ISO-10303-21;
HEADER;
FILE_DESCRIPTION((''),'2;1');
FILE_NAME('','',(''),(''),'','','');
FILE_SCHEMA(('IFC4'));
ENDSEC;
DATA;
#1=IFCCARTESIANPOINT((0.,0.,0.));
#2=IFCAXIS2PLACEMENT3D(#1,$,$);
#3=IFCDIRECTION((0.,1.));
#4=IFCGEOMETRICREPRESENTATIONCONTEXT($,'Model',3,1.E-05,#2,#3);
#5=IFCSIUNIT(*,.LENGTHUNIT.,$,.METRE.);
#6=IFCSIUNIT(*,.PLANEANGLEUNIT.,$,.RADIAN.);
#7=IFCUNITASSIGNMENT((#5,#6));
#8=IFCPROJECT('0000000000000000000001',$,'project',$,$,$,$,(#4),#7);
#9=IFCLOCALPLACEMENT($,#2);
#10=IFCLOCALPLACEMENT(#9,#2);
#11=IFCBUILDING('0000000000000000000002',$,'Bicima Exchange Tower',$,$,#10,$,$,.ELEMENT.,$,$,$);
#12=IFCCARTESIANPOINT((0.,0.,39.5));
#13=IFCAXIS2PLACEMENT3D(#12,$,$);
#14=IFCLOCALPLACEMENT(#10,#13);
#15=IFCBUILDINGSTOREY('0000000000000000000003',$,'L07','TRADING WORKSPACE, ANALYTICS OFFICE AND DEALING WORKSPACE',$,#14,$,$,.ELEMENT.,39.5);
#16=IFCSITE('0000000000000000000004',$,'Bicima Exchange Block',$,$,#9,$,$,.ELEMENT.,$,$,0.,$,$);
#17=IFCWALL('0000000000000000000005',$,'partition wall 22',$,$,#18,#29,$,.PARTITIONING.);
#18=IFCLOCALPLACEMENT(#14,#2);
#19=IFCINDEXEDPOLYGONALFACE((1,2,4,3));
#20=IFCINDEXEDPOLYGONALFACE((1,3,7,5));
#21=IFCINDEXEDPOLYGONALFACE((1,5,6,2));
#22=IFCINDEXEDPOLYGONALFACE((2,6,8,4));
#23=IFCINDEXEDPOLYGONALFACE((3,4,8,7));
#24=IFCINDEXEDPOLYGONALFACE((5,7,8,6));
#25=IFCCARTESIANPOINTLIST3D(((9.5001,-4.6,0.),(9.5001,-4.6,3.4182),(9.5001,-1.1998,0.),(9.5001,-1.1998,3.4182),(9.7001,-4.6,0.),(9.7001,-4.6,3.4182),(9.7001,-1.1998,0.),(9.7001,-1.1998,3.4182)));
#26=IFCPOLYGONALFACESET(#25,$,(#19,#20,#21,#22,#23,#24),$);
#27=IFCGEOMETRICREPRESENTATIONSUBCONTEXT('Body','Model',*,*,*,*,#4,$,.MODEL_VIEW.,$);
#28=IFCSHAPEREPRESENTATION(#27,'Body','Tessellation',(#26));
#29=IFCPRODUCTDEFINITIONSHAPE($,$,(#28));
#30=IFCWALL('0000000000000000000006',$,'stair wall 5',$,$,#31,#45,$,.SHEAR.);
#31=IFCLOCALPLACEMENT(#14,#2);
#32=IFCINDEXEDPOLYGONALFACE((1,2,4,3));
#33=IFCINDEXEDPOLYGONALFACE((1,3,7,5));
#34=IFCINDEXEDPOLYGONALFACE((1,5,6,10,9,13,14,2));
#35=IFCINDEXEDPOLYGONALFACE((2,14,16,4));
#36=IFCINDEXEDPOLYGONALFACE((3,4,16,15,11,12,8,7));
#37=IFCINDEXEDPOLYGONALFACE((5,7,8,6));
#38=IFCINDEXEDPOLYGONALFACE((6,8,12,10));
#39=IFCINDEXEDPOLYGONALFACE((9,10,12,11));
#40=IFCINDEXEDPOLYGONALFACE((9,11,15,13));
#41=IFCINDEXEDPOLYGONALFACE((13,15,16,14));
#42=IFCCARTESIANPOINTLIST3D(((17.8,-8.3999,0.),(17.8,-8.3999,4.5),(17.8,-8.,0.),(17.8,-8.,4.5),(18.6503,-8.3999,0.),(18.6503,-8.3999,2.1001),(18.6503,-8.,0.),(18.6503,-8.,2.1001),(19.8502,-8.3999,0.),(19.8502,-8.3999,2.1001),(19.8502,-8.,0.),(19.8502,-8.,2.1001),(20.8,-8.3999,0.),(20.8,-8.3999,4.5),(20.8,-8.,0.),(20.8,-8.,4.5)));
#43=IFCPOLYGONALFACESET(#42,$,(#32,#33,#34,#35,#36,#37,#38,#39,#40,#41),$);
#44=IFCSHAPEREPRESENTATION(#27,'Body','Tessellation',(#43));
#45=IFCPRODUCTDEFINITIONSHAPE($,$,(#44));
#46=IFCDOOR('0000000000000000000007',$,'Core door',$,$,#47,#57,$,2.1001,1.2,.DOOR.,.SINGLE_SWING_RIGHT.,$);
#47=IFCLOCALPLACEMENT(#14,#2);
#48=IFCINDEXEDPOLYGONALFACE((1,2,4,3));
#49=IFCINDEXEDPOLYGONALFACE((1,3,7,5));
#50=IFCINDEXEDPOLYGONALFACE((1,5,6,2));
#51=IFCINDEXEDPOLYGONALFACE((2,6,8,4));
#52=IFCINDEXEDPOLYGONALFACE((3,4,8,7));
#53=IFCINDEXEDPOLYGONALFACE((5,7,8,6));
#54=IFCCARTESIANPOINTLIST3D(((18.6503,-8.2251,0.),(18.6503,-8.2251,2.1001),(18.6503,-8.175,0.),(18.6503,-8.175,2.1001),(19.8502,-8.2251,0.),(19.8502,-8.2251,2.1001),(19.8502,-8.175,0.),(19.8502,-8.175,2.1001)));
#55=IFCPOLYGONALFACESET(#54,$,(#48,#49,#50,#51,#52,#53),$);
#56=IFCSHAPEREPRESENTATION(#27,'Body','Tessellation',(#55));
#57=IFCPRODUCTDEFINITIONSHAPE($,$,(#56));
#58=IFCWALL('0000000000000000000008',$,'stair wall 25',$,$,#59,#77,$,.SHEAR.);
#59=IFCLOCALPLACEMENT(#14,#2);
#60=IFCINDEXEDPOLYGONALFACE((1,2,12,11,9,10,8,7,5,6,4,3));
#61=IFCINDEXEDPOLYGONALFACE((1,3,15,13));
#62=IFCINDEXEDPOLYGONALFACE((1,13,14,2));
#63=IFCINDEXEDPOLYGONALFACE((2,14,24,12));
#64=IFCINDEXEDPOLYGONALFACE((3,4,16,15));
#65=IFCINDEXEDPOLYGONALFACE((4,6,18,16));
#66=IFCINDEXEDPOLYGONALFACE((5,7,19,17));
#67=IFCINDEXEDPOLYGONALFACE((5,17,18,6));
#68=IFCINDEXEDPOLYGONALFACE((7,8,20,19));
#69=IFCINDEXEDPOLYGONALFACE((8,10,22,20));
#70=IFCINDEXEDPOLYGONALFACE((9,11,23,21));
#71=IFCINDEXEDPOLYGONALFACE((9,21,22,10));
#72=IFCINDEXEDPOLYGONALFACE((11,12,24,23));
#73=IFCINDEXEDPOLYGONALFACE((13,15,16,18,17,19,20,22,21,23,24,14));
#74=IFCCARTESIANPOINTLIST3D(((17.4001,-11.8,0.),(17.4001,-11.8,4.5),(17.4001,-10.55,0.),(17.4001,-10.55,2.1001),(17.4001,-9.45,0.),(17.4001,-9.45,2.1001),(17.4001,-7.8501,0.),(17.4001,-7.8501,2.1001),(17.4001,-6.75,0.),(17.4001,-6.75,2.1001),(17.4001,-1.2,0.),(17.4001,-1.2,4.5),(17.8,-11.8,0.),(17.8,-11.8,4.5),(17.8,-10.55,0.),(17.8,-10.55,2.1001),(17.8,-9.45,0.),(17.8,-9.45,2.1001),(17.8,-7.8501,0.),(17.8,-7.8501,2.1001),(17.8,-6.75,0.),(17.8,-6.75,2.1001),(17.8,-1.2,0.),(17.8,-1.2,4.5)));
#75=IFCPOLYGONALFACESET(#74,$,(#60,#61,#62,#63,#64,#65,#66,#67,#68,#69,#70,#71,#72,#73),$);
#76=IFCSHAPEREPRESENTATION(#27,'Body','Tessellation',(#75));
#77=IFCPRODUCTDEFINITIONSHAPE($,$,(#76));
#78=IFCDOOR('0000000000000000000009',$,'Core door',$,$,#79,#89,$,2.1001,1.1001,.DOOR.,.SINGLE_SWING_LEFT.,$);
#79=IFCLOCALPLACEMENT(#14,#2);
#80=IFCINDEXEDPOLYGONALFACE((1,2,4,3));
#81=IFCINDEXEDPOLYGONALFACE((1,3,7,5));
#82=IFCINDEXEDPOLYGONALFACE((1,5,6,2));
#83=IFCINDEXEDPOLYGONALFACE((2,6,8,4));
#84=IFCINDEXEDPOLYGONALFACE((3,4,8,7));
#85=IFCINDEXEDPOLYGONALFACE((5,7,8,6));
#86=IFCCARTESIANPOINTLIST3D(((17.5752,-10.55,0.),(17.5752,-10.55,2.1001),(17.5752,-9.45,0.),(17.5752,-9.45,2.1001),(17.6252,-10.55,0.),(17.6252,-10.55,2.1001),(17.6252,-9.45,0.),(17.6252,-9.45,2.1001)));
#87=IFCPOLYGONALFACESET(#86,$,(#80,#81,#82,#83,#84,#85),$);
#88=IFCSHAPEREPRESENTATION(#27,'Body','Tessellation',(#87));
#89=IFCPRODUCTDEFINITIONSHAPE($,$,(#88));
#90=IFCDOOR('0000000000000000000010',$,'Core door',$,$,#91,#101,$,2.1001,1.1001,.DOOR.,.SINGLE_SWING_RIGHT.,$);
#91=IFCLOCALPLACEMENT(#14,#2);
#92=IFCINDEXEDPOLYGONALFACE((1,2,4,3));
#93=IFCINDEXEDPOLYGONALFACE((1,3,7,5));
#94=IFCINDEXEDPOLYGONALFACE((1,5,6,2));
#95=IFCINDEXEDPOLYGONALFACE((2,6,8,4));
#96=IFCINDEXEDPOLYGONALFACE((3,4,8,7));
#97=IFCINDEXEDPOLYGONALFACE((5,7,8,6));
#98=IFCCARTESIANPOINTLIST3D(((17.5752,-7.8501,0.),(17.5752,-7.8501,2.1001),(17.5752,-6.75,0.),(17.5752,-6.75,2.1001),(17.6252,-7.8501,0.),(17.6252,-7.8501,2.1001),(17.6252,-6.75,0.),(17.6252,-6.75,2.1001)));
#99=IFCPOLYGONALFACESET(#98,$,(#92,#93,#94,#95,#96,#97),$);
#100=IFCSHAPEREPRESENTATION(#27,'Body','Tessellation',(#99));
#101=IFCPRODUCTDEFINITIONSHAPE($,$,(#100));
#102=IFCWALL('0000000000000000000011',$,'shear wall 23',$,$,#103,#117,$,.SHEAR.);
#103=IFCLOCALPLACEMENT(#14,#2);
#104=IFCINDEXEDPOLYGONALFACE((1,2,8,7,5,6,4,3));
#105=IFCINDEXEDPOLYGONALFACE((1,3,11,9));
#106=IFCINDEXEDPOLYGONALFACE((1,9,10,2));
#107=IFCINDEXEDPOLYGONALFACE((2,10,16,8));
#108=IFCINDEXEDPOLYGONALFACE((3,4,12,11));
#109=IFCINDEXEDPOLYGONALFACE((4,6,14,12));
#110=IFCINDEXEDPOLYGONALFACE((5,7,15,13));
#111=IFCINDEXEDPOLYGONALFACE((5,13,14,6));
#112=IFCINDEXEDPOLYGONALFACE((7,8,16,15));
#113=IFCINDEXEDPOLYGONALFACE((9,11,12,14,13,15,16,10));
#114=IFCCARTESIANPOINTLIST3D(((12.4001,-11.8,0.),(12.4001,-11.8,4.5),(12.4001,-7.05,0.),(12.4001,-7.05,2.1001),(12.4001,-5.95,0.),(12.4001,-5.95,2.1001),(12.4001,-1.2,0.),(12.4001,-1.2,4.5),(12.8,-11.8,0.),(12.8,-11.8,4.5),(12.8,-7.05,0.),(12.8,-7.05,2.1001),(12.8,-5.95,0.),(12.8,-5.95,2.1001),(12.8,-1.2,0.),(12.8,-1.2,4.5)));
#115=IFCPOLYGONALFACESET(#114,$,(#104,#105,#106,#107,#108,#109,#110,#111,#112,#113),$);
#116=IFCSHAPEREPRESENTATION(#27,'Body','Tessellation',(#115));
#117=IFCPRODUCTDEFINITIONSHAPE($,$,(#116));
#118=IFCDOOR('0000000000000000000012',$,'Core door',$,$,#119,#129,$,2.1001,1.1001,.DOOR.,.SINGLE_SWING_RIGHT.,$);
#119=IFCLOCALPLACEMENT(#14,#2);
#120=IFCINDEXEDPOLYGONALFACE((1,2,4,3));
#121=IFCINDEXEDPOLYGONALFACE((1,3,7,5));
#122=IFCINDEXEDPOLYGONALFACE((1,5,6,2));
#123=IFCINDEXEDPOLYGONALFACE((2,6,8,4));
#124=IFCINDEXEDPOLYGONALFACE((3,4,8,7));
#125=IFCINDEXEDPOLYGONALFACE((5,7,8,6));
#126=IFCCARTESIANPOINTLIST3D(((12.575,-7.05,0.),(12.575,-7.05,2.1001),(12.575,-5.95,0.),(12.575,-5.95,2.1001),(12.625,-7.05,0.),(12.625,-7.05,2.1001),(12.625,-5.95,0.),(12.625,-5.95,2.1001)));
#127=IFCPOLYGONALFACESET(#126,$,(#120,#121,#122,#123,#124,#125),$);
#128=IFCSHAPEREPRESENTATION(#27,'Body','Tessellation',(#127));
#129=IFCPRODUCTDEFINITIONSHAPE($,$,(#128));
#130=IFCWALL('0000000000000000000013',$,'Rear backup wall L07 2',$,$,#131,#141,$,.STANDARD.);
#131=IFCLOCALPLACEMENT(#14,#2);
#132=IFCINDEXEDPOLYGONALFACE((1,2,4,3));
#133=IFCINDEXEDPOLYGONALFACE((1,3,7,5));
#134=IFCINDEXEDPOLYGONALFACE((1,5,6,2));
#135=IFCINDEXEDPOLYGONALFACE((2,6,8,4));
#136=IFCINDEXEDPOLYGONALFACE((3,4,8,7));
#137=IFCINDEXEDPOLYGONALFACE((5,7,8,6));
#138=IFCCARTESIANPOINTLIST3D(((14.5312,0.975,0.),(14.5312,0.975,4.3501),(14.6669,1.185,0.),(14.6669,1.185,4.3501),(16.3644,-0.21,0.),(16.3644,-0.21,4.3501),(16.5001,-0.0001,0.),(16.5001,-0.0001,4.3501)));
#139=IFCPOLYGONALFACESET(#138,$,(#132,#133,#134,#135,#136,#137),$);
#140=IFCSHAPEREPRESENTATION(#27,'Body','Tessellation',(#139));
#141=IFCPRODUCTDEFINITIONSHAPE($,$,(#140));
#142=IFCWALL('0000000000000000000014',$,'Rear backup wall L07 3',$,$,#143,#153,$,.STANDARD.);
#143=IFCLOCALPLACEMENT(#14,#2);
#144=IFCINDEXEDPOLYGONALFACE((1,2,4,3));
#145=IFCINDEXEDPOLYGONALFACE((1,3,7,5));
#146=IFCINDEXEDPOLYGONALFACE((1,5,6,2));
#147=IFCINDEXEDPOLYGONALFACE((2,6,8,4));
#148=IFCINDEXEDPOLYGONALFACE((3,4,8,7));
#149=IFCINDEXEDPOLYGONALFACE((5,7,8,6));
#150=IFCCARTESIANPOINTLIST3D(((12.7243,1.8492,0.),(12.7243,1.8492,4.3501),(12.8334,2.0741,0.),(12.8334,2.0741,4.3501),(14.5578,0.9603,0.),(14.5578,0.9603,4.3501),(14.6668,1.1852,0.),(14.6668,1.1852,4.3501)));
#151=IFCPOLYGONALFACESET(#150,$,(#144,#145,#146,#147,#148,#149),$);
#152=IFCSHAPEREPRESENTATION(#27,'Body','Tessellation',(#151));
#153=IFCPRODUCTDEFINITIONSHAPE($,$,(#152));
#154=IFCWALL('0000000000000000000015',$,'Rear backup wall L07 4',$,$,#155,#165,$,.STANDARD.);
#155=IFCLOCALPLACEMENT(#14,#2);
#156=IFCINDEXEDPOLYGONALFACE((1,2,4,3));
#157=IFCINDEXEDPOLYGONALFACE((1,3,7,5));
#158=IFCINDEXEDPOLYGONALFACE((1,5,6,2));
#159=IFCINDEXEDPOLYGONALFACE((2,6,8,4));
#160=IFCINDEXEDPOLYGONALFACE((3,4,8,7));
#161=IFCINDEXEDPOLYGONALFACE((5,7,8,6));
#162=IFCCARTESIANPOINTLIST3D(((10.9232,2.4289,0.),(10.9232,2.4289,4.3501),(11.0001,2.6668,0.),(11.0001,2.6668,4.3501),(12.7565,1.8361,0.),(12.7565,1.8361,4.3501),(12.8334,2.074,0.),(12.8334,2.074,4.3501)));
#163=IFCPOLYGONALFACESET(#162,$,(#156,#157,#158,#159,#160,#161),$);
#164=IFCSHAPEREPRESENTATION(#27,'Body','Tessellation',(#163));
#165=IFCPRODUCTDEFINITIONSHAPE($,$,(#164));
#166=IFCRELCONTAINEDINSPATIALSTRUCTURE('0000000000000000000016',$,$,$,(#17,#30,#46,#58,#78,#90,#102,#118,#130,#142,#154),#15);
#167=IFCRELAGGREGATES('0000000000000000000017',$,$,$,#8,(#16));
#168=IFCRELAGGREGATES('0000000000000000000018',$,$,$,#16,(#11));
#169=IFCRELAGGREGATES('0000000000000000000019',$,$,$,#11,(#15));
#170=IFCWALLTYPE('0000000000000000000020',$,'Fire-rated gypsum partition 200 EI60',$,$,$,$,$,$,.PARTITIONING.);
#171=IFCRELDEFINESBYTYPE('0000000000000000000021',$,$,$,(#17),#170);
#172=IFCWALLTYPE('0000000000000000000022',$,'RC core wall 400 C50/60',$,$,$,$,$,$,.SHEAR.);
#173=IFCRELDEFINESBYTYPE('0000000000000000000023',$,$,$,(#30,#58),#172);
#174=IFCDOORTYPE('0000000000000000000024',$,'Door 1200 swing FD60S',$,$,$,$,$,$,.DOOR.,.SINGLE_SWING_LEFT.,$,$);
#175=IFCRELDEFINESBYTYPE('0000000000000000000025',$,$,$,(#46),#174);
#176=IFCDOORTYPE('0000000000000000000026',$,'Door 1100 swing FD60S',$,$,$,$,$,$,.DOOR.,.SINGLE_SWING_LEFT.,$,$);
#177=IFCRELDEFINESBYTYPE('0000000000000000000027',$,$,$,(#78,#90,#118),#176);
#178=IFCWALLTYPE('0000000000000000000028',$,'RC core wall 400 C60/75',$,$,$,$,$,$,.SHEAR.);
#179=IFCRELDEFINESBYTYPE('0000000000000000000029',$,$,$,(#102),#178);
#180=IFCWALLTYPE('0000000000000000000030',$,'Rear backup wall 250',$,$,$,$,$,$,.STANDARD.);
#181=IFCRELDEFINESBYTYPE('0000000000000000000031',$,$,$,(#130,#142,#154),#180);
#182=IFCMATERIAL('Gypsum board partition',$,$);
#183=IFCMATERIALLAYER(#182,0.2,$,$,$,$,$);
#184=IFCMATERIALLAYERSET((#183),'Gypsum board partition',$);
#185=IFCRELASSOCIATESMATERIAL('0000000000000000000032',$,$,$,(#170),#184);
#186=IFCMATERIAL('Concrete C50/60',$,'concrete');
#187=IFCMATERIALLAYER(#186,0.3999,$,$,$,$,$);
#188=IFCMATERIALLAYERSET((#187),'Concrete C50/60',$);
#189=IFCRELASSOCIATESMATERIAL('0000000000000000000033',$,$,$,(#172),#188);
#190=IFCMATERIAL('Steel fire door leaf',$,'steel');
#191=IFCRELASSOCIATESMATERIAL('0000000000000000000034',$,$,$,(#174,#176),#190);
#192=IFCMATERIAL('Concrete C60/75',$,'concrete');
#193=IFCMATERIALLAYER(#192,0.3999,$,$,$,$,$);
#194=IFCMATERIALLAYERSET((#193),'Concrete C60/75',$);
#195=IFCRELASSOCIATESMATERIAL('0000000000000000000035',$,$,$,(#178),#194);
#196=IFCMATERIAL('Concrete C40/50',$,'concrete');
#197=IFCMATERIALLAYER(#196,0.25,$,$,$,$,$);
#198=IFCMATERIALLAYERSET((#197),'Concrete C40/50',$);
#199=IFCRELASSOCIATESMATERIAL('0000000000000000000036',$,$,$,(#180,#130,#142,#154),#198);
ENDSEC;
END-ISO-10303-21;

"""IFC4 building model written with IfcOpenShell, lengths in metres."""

from ifc_helpers import new_model, si_unit, direction, frame, frame_2d, origin, place, context, subcontext, project, spatial, rectangle, extrude, material, layer, layer_set, layer_usage, type_object, element, fill, save


model = new_model("IFC4")

# Units and contexts
model_context = context("Model", 3, precision=1e-05, world=origin(), true_north=direction((0.0, 1.0)))
body_context = subcontext(model_context, "Body", "Model", "MODEL_VIEW")
ifc_project = project(units=[si_unit("LENGTHUNIT", "METRE"), si_unit("PLANEANGLEUNIT", "RADIAN")], contexts=[model_context])

# Site, building, storey
site_placement = place(None, origin())
site = spatial("IfcSite", under=ifc_project, at=site_placement, Name="Bicima Exchange Block", CompositionType="ELEMENT", RefElevation=0.0)
building_placement = place(site_placement, origin())
building = spatial("IfcBuilding", under=site, at=building_placement, Name="Bicima Exchange Tower", CompositionType="ELEMENT")
storey_placement = place(building_placement, frame((0.0, 0.0, 39.5)))
storey = spatial("IfcBuildingStorey", under=building, at=storey_placement, Name="L07", Description="TRADING WORKSPACE, ANALYTICS OFFICE AND DEALING WORKSPACE", CompositionType="ELEMENT", Elevation=39.5)

# Wall
ifc_material_1 = material(Name="Gypsum board partition")
ifc_layer_1 = layer(ifc_material_1, 0.2)
ifc_layer_set_1 = layer_set([ifc_layer_1], Name="Gypsum board partition")
wall_type_1 = type_object("IfcWallType", Name="Fire-rated gypsum partition 200 EI60", PredefinedType="PARTITIONING", material=ifc_layer_set_1)
wall_1_placement = place(storey_placement, frame((9.6001, -4.6001, 0.0), z_axis=(0.0, 0.0, 1.0), x_axis=(0.0, 1.0, 0.0)))
element("IfcWall", 1, at=wall_1_placement, inside=storey, type_object=wall_type_1, Name="partition wall 22", PredefinedType="PARTITIONING", context=body_context, shape_type="SweptSolid", body=[
    extrude(rectangle(XDim=3.4001, YDim=0.2, at=frame_2d((1.7002, 0.0))), origin(), (0.0, 0.0, 1.0), 3.4182),
])

# Wall, opening, door
ifc_material_2 = material(Name="Concrete C50/60", Category="concrete")
ifc_layer_2 = layer(ifc_material_2, 0.3999)
ifc_layer_set_2 = layer_set([ifc_layer_2], Name="Concrete C50/60")
wall_type_2 = type_object("IfcWallType", Name="RC core wall 400 C50/60", PredefinedType="SHEAR", material=ifc_layer_set_2)
wall_2_placement = place(storey_placement, frame((17.8, -8.2, 0.0), z_axis=(0.0, 0.0, 1.0), x_axis=(1.0, 0.0, 0.0)))
wall_2 = element("IfcWall", 2, at=wall_2_placement, inside=storey, type_object=wall_type_2, Name="stair wall 5", PredefinedType="SHEAR", context=body_context, shape_type="SweptSolid", body=[
    extrude(rectangle(XDim=3.0, YDim=0.3999, at=frame_2d((1.5, 0.0))), origin(), (0.0, 0.0, 1.0), 4.5),
])
opening_1_placement = place(wall_2_placement, frame((0.8501, 0.0, 0.0)))
opening_1 = element("IfcOpeningElement", 3, at=opening_1_placement, cuts=wall_2, PredefinedType="OPENING", context=body_context, shape_type="SweptSolid", body=[
    extrude(rectangle(XDim=1.2, YDim=2.1001, at=frame_2d((0.6001, 1.05))), frame((0.0, 0.2119, 0.0), z_axis=(0.0, -1.0, 0.0), x_axis=(1.0, 0.0, 0.0)), (0.0, 0.0, 1.0), 0.4238),
])
ifc_material_3 = material(Name="Steel fire door leaf", Category="steel")
door_type_1 = type_object("IfcDoorType", Name="Door 1200 swing FD60S", OperationType="SINGLE_SWING_LEFT", PredefinedType="DOOR", material=ifc_material_3)
door_1_placement = place(opening_1_placement, origin())
door_1 = element("IfcDoor", 4, at=door_1_placement, inside=storey, type_object=door_type_1, Name="Core door", OperationType="SINGLE_SWING_RIGHT", OverallHeight=2.1001, OverallWidth=1.2, PredefinedType="DOOR", context=body_context, shape_type="SweptSolid", body=[
    extrude(rectangle(XDim=1.2, YDim=2.1001, at=frame_2d((0.6001, 1.05))), frame((0.0, 0.0249, 0.0), z_axis=(0.0, -1.0, 0.0), x_axis=(1.0, 0.0, 0.0)), (0.0, 0.0, 1.0), 0.05),
])
fill(opening_1, door_1)

# Wall, openings, doors
wall_3_placement = place(storey_placement, frame((17.6001, -11.8, 0.0), z_axis=(0.0, 0.0, 1.0), x_axis=(0.0, 1.0, 0.0)))
wall_3 = element("IfcWall", 5, at=wall_3_placement, inside=storey, type_object=wall_type_2, Name="stair wall 25", PredefinedType="SHEAR", context=body_context, shape_type="SweptSolid", body=[
    extrude(rectangle(XDim=10.6001, YDim=0.3999, at=frame_2d((5.3, 0.0))), origin(), (0.0, 0.0, 1.0), 4.5),
])
opening_2_placement = place(wall_3_placement, frame((1.25, 0.0, 0.0)))
opening_2 = element("IfcOpeningElement", 6, at=opening_2_placement, cuts=wall_3, PredefinedType="OPENING", context=body_context, shape_type="SweptSolid", body=[
    extrude(rectangle(XDim=1.1001, YDim=2.1001, at=frame_2d((0.55, 1.05))), frame((0.0, 0.2119, 0.0), z_axis=(0.0, -1.0, 0.0), x_axis=(1.0, 0.0, 0.0)), (0.0, 0.0, 1.0), 0.4238),
])
opening_3_placement = place(wall_3_placement, frame((3.95, 0.0, 0.0)))
opening_3 = element("IfcOpeningElement", 7, at=opening_3_placement, cuts=wall_3, PredefinedType="OPENING", context=body_context, shape_type="SweptSolid", body=[
    extrude(rectangle(XDim=1.1001, YDim=2.1001, at=frame_2d((0.55, 1.05))), frame((0.0, 0.2119, 0.0), z_axis=(0.0, -1.0, 0.0), x_axis=(1.0, 0.0, 0.0)), (0.0, 0.0, 1.0), 0.4238),
])
door_type_2 = type_object("IfcDoorType", Name="Door 1100 swing FD60S", OperationType="SINGLE_SWING_LEFT", PredefinedType="DOOR", material=ifc_material_3)
door_2_placement = place(opening_2_placement, origin())
door_2 = element("IfcDoor", 8, at=door_2_placement, inside=storey, type_object=door_type_2, Name="Core door", OperationType="SINGLE_SWING_LEFT", OverallHeight=2.1001, OverallWidth=1.1001, PredefinedType="DOOR", context=body_context, shape_type="SweptSolid", body=[
    extrude(rectangle(XDim=1.1001, YDim=2.1001, at=frame_2d((0.55, 1.05))), frame((0.0, 0.0249, 0.0), z_axis=(0.0, -1.0, 0.0), x_axis=(1.0, 0.0, 0.0)), (0.0, 0.0, 1.0), 0.05),
])
fill(opening_2, door_2)
door_3_placement = place(opening_3_placement, origin())
door_3 = element("IfcDoor", 9, at=door_3_placement, inside=storey, type_object=door_type_2, Name="Core door", OperationType="SINGLE_SWING_RIGHT", OverallHeight=2.1001, OverallWidth=1.1001, PredefinedType="DOOR", context=body_context, shape_type="SweptSolid", body=[
    extrude(rectangle(XDim=1.1001, YDim=2.1001, at=frame_2d((0.55, 1.05))), frame((0.0, 0.0249, 0.0), z_axis=(0.0, -1.0, 0.0), x_axis=(1.0, 0.0, 0.0)), (0.0, 0.0, 1.0), 0.05),
])
fill(opening_3, door_3)

# Wall, opening, door
ifc_material_4 = material(Name="Concrete C60/75", Category="concrete")
ifc_layer_3 = layer(ifc_material_4, 0.3999)
ifc_layer_set_3 = layer_set([ifc_layer_3], Name="Concrete C60/75")
wall_type_3 = type_object("IfcWallType", Name="RC core wall 400 C60/75", PredefinedType="SHEAR", material=ifc_layer_set_3)
wall_4_placement = place(storey_placement, frame((12.6001, -11.8, 0.0), z_axis=(0.0, 0.0, 1.0), x_axis=(0.0, 1.0, 0.0)))
wall_4 = element("IfcWall", 10, at=wall_4_placement, inside=storey, type_object=wall_type_3, Name="shear wall 23", PredefinedType="SHEAR", context=body_context, shape_type="SweptSolid", body=[
    extrude(rectangle(XDim=10.6001, YDim=0.3999, at=frame_2d((5.3, 0.0))), origin(), (0.0, 0.0, 1.0), 4.5),
])
opening_4_placement = place(wall_4_placement, frame((4.75, 0.0, 0.0)))
opening_4 = element("IfcOpeningElement", 11, at=opening_4_placement, cuts=wall_4, PredefinedType="OPENING", context=body_context, shape_type="SweptSolid", body=[
    extrude(rectangle(XDim=1.1001, YDim=2.1001, at=frame_2d((0.55, 1.05))), frame((0.0, 0.2119, 0.0), z_axis=(0.0, -1.0, 0.0), x_axis=(1.0, 0.0, 0.0)), (0.0, 0.0, 1.0), 0.4238),
])
door_4_placement = place(opening_4_placement, frame((1.1001, 0.0, 0.0), z_axis=(0.0, 0.0, 1.0), x_axis=(-1.0, 0.0, 0.0)))
door_4 = element("IfcDoor", 12, at=door_4_placement, inside=storey, type_object=door_type_2, Name="Core door", OperationType="SINGLE_SWING_RIGHT", OverallHeight=2.1001, OverallWidth=1.1001, PredefinedType="DOOR", context=body_context, shape_type="SweptSolid", body=[
    extrude(rectangle(XDim=1.1001, YDim=2.1001, at=frame_2d((0.55, 1.05))), frame((0.0, 0.0249, 0.0), z_axis=(0.0, -1.0, 0.0), x_axis=(1.0, 0.0, 0.0)), (0.0, 0.0, 1.0), 0.05),
])
fill(opening_4, door_4)

# Walls
ifc_material_5 = material(Name="Concrete C40/50", Category="concrete")
ifc_layer_4 = layer(ifc_material_5, 0.25)
ifc_layer_set_4 = layer_set([ifc_layer_4], Name="Concrete C40/50")
ifc_layer_usage = layer_usage(ifc_layer_set_4, "AXIS2", "POSITIVE", -0.125)
wall_type_4 = type_object("IfcWallType", Name="Rear backup wall 250", PredefinedType="STANDARD", material=ifc_layer_set_4)
wall_5_placement = place(storey_placement, frame((16.4321, -0.105, 0.0), z_axis=(0.0, 0.0, 1.0), x_axis=(-0.839813, 0.542876, 0.0)))
element("IfcWall", 13, at=wall_5_placement, inside=storey, type_object=wall_type_4, material=ifc_layer_usage, Name="Rear backup wall L07 2", PredefinedType="STANDARD", context=body_context, shape_type="SweptSolid", body=[
    extrude(rectangle(XDim=2.1829, YDim=0.25, at=frame_2d((1.0913, 0.0))), origin(), (0.0, 0.0, 1.0), 4.3501),
])
wall_6_placement = place(storey_placement, frame((14.6123, 1.0728, 0.0), z_axis=(0.0, 0.0, 1.0), x_axis=(-0.899824, 0.436253, 0.0)))
element("IfcWall", 14, at=wall_6_placement, inside=storey, type_object=wall_type_4, material=ifc_layer_usage, Name="Rear backup wall L07 3", PredefinedType="STANDARD", context=body_context, shape_type="SweptSolid", body=[
    extrude(rectangle(XDim=2.0376, YDim=0.25, at=frame_2d((1.0188, 0.0))), origin(), (0.0, 0.0, 1.0), 4.3501),
])
wall_7_placement = place(storey_placement, frame((12.7949, 1.9551, 0.0), z_axis=(0.0, 0.0, 1.0), x_axis=(-0.951496, 0.307662, 0.0)))
element("IfcWall", 15, at=wall_7_placement, inside=storey, type_object=wall_type_4, material=ifc_layer_usage, Name="Rear backup wall L07 4", PredefinedType="STANDARD", context=body_context, shape_type="SweptSolid", body=[
    extrude(rectangle(XDim=1.9268, YDim=0.25, at=frame_2d((0.9634, 0.0))), origin(), (0.0, 0.0, 1.0), 4.3501),
])

save(model, "model.ifc")
